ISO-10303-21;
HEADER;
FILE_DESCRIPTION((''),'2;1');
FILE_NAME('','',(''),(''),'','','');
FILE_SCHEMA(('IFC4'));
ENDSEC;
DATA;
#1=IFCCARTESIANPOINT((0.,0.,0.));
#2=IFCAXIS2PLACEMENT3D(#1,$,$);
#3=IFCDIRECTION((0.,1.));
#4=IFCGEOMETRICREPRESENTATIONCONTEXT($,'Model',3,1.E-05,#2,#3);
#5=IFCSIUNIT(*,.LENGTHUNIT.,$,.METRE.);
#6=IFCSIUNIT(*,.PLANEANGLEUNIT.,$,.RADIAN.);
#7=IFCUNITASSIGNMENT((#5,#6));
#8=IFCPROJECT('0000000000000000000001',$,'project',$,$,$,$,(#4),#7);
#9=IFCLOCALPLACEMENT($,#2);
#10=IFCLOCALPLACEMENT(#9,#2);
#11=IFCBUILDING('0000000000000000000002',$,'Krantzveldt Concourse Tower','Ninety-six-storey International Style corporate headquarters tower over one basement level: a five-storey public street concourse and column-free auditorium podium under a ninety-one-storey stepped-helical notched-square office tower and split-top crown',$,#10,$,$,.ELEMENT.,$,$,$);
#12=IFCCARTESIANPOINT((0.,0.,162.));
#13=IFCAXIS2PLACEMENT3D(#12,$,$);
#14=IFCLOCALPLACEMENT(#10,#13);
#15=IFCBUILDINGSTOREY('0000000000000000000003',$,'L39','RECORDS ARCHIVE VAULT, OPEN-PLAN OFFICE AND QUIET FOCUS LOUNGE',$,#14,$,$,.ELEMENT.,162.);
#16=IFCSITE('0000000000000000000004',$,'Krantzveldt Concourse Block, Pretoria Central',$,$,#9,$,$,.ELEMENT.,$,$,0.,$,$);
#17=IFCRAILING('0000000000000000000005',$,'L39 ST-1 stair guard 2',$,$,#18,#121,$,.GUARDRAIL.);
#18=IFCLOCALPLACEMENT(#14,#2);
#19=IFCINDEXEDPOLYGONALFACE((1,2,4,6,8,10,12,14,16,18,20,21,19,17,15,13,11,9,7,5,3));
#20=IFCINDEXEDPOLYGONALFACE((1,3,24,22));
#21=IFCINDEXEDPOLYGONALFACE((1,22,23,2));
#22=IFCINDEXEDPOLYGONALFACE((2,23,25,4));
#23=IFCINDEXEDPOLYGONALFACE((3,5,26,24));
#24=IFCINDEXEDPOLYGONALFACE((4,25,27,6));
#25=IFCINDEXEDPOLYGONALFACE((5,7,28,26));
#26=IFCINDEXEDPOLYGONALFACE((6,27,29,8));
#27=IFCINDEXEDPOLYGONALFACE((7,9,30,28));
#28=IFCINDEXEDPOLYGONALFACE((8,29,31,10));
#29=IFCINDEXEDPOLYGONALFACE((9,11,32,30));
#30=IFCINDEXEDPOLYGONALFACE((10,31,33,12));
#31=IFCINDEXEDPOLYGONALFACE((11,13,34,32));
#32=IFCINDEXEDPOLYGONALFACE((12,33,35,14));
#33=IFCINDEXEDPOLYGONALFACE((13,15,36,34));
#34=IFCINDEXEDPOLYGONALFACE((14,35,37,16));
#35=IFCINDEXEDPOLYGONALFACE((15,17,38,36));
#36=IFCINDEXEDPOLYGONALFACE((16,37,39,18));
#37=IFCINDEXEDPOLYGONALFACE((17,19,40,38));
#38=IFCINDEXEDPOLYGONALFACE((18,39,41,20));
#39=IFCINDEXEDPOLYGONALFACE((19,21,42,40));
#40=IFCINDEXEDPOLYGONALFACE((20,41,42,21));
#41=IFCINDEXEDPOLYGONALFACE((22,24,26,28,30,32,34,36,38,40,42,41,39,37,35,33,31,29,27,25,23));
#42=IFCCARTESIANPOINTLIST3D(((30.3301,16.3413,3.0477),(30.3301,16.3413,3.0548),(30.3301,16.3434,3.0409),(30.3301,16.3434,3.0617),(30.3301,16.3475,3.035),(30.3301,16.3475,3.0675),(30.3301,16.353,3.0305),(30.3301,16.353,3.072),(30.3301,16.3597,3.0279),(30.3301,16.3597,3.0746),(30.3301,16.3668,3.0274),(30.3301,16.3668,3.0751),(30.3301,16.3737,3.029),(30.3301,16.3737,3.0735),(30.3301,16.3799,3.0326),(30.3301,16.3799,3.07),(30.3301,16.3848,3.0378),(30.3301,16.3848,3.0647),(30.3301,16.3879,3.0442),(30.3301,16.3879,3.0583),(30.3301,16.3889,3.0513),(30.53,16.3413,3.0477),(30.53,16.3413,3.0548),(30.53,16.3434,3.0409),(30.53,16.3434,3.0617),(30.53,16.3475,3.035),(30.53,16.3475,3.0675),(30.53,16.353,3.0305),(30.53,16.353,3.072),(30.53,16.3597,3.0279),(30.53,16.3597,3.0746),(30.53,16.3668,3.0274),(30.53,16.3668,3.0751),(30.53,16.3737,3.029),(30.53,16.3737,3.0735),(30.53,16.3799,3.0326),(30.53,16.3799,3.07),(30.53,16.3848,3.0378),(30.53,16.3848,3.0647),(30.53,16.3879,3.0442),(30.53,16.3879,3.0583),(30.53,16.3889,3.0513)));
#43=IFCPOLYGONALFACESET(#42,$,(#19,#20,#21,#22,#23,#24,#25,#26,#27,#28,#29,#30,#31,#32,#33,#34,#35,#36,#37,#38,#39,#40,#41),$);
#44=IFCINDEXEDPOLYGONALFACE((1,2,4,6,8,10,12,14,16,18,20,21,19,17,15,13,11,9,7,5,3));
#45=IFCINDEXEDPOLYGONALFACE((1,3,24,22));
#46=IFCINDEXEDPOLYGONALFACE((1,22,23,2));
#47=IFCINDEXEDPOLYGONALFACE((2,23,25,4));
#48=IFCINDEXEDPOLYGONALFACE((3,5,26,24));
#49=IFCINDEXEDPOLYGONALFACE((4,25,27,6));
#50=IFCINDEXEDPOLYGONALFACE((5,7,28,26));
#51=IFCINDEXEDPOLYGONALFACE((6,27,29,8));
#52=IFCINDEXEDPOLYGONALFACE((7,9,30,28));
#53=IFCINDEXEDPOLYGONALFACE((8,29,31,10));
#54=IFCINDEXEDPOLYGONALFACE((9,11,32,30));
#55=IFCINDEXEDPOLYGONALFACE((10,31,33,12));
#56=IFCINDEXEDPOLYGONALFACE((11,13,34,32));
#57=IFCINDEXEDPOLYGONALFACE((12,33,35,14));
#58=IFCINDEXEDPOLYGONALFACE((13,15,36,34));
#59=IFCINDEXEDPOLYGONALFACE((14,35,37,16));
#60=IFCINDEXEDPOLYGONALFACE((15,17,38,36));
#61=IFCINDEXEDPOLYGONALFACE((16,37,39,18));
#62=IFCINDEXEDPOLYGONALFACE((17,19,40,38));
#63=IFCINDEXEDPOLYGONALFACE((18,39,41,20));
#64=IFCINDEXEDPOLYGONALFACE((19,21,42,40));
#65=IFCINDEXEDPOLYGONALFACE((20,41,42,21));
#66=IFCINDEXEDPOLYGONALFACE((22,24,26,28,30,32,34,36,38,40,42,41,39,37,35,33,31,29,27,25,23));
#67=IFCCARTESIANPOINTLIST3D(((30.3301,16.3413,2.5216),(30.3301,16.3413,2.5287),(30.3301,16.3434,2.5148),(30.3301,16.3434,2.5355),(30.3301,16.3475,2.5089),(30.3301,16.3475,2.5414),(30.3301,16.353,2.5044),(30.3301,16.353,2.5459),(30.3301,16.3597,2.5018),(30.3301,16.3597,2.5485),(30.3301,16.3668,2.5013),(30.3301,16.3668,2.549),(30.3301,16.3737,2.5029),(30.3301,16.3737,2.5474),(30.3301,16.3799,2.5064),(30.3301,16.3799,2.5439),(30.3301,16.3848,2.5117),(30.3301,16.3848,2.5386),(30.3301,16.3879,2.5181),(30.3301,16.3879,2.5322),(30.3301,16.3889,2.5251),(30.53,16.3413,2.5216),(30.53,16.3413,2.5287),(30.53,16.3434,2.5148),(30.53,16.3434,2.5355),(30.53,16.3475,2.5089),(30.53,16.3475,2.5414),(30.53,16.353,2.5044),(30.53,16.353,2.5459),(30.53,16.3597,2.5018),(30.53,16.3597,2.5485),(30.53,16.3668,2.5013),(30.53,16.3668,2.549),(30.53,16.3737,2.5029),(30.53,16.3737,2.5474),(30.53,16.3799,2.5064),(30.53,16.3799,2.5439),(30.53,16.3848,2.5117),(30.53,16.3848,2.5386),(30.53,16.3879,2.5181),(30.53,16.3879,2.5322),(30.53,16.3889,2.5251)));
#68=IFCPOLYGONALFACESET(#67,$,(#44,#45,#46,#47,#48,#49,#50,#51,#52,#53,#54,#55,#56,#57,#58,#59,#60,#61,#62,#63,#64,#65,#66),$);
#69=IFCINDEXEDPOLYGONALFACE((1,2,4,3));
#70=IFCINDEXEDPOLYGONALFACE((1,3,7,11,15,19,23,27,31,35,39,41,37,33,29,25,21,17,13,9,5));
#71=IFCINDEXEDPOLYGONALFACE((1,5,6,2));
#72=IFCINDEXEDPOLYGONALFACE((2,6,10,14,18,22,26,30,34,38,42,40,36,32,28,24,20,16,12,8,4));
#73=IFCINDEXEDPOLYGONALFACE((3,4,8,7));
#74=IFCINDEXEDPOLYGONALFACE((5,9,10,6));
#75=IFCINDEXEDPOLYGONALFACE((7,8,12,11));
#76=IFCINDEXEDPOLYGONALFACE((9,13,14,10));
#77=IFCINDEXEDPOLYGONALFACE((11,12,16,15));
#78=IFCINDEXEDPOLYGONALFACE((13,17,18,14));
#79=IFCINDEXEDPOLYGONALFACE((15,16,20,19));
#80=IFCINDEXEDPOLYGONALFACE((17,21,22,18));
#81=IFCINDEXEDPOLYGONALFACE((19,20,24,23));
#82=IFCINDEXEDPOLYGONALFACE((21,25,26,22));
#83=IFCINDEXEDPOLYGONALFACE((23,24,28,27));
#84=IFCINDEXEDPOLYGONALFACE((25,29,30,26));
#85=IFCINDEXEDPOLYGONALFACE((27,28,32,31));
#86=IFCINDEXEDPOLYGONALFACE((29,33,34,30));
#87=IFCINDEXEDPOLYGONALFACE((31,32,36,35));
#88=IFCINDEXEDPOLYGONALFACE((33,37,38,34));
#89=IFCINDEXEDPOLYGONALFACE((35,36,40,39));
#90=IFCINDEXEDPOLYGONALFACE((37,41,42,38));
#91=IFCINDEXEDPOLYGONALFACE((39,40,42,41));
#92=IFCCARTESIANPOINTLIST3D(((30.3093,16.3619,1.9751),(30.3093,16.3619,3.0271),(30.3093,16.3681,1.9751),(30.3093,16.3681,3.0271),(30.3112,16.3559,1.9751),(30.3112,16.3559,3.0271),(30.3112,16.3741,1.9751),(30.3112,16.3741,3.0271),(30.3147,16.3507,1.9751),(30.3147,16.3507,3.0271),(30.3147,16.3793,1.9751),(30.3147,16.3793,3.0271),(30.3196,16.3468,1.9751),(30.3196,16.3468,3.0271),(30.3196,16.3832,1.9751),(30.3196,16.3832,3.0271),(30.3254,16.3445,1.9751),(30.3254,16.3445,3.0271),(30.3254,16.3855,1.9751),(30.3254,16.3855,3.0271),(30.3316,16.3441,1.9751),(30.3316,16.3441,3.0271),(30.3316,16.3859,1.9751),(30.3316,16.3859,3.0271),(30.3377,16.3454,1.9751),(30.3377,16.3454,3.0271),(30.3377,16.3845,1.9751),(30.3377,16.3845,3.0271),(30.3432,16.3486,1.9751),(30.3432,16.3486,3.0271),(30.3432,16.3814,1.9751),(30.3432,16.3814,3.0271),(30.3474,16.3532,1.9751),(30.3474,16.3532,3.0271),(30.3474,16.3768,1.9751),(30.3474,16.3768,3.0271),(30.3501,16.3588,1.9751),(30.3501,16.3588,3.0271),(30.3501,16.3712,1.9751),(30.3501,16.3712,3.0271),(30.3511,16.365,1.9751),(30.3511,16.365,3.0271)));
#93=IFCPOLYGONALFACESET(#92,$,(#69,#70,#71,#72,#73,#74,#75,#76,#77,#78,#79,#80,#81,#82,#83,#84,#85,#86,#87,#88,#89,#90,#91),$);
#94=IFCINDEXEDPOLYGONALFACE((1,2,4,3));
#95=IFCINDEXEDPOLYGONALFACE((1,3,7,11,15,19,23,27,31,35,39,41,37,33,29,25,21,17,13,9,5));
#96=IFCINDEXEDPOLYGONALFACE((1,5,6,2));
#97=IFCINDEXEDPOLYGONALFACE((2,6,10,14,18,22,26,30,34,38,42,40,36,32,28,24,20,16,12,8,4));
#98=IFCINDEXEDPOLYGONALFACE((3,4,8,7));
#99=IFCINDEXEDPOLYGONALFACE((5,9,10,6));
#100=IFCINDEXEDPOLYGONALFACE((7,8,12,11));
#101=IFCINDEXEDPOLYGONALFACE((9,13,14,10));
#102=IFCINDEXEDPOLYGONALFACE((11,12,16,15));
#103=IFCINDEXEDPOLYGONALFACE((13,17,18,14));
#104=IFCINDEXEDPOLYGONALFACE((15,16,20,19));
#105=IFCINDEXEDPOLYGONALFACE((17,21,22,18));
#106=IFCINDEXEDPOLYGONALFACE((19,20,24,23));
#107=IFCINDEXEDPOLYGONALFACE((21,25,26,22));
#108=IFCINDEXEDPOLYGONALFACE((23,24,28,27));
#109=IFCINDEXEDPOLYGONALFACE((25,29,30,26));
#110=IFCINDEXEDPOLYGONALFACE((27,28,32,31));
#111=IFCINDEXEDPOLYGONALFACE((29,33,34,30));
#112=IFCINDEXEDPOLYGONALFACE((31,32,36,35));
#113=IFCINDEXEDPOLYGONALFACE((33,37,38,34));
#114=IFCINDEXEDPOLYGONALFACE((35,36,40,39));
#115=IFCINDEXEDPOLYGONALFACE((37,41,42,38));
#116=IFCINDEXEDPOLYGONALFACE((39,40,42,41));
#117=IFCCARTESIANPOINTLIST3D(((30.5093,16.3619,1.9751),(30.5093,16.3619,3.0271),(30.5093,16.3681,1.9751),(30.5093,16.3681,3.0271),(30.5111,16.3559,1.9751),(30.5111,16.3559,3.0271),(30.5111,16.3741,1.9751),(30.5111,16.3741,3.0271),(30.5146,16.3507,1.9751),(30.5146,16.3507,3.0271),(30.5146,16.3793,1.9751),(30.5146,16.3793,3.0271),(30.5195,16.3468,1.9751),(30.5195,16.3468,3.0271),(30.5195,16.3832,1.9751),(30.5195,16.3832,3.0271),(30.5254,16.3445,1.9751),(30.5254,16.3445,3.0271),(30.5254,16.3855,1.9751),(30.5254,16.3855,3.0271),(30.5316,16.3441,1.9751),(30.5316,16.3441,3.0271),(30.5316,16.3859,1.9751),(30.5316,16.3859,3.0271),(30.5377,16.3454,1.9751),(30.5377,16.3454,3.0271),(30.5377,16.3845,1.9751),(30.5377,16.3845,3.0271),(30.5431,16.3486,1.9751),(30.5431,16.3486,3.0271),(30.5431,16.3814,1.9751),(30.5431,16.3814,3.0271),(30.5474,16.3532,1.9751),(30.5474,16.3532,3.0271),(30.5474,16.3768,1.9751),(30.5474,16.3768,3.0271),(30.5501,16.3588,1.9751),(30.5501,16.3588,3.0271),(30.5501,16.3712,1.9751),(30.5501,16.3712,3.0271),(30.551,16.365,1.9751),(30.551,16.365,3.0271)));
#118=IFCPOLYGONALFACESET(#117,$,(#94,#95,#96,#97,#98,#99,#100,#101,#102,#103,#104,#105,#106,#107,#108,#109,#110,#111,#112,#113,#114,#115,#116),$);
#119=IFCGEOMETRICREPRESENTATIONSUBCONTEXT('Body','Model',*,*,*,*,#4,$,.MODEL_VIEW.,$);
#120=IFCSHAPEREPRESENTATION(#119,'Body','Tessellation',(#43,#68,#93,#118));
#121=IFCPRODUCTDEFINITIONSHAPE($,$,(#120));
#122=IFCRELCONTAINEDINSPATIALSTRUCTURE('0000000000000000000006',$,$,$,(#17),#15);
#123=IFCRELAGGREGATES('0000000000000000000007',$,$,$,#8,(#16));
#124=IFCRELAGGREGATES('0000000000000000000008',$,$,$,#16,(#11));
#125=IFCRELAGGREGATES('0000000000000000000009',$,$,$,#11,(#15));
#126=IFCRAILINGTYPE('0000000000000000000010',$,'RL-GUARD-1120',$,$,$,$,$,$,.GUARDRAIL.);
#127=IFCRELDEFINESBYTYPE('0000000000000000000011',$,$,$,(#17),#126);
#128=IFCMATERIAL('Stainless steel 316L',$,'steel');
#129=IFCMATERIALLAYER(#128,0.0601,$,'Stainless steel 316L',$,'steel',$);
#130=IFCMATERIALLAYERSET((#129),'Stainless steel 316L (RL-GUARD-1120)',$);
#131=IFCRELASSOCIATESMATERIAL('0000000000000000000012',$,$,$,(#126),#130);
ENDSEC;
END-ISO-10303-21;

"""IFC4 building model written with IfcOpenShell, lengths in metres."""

from ifc_helpers import new_model, si_unit, direction, frame, origin, origin_2d, place, context, subcontext, project, spatial, circle, extrude, material, layer, layer_set, type_object, element, save


model = new_model("IFC4")

# Units and contexts
model_context = context("Model", 3, precision=1e-05, world=origin(), true_north=direction((0.0, 1.0)))
body_context = subcontext(model_context, "Body", "Model", "MODEL_VIEW")
ifc_project = project(units=[si_unit("LENGTHUNIT", "METRE"), si_unit("PLANEANGLEUNIT", "RADIAN")], contexts=[model_context])

# Site, building, storey
site_placement = place(None, origin())
site = spatial("IfcSite", under=ifc_project, at=site_placement, Name="Krantzveldt Concourse Block, Pretoria Central", CompositionType="ELEMENT", RefElevation=0.0)
building_placement = place(site_placement, origin())
building = spatial("IfcBuilding", under=site, at=building_placement, Name="Krantzveldt Concourse Tower", Description="Ninety-six-storey International Style corporate headquarters tower over one basement level: a five-storey public street concourse and column-free auditorium podium under a ninety-one-storey stepped-helical notched-square office tower and split-top crown", CompositionType="ELEMENT")
storey_placement = place(building_placement, frame((0.0, 0.0, 162.0)))
storey = spatial("IfcBuildingStorey", under=building, at=storey_placement, Name="L39", Description="RECORDS ARCHIVE VAULT, OPEN-PLAN OFFICE AND QUIET FOCUS LOUNGE", CompositionType="ELEMENT", Elevation=162.0)

# Railing
ifc_material_1 = material(Name="Stainless steel 316L", Category="steel")
ifc_layer_1 = layer(ifc_material_1, 0.0601, Name="Stainless steel 316L", Category="steel")
ifc_layer_set_1 = layer_set([ifc_layer_1], Name="Stainless steel 316L (RL-GUARD-1120)")
railing_type_1 = type_object("IfcRailingType", Name="RL-GUARD-1120", PredefinedType="GUARDRAIL", material=ifc_layer_set_1)
railing_1_placement = place(storey_placement, frame((30.3301, 16.365, 1.9751)))
element("IfcRailing", 1, at=railing_1_placement, inside=storey, type_object=railing_type_1, Name="L39 ST-1 stair guard 2", PredefinedType="GUARDRAIL", context=body_context, shape_type="SweptSolid", body=[
    extrude(circle(Radius=0.0239, at=origin_2d()), frame((0.0, 0.0, 1.0762), z_axis=(1.0, 0.0, 0.0), x_axis=(0.0, 1.0, 0.0)), (0.0, 0.0, 1.0), 0.2),
    extrude(circle(Radius=0.0239, at=origin_2d()), frame((0.0, 0.0, 0.55), z_axis=(1.0, 0.0, 0.0), x_axis=(0.0, 1.0, 0.0)), (0.0, 0.0, 1.0), 0.2),
    extrude(circle(Radius=0.021, at=origin_2d()), origin(), (0.0, 0.0, 1.0), 1.052),
    extrude(circle(Radius=0.021, at=origin_2d()), frame((0.2, 0.0, 0.0)), (0.0, 0.0, 1.0), 1.052),
])

save(model, "model.ifc")
